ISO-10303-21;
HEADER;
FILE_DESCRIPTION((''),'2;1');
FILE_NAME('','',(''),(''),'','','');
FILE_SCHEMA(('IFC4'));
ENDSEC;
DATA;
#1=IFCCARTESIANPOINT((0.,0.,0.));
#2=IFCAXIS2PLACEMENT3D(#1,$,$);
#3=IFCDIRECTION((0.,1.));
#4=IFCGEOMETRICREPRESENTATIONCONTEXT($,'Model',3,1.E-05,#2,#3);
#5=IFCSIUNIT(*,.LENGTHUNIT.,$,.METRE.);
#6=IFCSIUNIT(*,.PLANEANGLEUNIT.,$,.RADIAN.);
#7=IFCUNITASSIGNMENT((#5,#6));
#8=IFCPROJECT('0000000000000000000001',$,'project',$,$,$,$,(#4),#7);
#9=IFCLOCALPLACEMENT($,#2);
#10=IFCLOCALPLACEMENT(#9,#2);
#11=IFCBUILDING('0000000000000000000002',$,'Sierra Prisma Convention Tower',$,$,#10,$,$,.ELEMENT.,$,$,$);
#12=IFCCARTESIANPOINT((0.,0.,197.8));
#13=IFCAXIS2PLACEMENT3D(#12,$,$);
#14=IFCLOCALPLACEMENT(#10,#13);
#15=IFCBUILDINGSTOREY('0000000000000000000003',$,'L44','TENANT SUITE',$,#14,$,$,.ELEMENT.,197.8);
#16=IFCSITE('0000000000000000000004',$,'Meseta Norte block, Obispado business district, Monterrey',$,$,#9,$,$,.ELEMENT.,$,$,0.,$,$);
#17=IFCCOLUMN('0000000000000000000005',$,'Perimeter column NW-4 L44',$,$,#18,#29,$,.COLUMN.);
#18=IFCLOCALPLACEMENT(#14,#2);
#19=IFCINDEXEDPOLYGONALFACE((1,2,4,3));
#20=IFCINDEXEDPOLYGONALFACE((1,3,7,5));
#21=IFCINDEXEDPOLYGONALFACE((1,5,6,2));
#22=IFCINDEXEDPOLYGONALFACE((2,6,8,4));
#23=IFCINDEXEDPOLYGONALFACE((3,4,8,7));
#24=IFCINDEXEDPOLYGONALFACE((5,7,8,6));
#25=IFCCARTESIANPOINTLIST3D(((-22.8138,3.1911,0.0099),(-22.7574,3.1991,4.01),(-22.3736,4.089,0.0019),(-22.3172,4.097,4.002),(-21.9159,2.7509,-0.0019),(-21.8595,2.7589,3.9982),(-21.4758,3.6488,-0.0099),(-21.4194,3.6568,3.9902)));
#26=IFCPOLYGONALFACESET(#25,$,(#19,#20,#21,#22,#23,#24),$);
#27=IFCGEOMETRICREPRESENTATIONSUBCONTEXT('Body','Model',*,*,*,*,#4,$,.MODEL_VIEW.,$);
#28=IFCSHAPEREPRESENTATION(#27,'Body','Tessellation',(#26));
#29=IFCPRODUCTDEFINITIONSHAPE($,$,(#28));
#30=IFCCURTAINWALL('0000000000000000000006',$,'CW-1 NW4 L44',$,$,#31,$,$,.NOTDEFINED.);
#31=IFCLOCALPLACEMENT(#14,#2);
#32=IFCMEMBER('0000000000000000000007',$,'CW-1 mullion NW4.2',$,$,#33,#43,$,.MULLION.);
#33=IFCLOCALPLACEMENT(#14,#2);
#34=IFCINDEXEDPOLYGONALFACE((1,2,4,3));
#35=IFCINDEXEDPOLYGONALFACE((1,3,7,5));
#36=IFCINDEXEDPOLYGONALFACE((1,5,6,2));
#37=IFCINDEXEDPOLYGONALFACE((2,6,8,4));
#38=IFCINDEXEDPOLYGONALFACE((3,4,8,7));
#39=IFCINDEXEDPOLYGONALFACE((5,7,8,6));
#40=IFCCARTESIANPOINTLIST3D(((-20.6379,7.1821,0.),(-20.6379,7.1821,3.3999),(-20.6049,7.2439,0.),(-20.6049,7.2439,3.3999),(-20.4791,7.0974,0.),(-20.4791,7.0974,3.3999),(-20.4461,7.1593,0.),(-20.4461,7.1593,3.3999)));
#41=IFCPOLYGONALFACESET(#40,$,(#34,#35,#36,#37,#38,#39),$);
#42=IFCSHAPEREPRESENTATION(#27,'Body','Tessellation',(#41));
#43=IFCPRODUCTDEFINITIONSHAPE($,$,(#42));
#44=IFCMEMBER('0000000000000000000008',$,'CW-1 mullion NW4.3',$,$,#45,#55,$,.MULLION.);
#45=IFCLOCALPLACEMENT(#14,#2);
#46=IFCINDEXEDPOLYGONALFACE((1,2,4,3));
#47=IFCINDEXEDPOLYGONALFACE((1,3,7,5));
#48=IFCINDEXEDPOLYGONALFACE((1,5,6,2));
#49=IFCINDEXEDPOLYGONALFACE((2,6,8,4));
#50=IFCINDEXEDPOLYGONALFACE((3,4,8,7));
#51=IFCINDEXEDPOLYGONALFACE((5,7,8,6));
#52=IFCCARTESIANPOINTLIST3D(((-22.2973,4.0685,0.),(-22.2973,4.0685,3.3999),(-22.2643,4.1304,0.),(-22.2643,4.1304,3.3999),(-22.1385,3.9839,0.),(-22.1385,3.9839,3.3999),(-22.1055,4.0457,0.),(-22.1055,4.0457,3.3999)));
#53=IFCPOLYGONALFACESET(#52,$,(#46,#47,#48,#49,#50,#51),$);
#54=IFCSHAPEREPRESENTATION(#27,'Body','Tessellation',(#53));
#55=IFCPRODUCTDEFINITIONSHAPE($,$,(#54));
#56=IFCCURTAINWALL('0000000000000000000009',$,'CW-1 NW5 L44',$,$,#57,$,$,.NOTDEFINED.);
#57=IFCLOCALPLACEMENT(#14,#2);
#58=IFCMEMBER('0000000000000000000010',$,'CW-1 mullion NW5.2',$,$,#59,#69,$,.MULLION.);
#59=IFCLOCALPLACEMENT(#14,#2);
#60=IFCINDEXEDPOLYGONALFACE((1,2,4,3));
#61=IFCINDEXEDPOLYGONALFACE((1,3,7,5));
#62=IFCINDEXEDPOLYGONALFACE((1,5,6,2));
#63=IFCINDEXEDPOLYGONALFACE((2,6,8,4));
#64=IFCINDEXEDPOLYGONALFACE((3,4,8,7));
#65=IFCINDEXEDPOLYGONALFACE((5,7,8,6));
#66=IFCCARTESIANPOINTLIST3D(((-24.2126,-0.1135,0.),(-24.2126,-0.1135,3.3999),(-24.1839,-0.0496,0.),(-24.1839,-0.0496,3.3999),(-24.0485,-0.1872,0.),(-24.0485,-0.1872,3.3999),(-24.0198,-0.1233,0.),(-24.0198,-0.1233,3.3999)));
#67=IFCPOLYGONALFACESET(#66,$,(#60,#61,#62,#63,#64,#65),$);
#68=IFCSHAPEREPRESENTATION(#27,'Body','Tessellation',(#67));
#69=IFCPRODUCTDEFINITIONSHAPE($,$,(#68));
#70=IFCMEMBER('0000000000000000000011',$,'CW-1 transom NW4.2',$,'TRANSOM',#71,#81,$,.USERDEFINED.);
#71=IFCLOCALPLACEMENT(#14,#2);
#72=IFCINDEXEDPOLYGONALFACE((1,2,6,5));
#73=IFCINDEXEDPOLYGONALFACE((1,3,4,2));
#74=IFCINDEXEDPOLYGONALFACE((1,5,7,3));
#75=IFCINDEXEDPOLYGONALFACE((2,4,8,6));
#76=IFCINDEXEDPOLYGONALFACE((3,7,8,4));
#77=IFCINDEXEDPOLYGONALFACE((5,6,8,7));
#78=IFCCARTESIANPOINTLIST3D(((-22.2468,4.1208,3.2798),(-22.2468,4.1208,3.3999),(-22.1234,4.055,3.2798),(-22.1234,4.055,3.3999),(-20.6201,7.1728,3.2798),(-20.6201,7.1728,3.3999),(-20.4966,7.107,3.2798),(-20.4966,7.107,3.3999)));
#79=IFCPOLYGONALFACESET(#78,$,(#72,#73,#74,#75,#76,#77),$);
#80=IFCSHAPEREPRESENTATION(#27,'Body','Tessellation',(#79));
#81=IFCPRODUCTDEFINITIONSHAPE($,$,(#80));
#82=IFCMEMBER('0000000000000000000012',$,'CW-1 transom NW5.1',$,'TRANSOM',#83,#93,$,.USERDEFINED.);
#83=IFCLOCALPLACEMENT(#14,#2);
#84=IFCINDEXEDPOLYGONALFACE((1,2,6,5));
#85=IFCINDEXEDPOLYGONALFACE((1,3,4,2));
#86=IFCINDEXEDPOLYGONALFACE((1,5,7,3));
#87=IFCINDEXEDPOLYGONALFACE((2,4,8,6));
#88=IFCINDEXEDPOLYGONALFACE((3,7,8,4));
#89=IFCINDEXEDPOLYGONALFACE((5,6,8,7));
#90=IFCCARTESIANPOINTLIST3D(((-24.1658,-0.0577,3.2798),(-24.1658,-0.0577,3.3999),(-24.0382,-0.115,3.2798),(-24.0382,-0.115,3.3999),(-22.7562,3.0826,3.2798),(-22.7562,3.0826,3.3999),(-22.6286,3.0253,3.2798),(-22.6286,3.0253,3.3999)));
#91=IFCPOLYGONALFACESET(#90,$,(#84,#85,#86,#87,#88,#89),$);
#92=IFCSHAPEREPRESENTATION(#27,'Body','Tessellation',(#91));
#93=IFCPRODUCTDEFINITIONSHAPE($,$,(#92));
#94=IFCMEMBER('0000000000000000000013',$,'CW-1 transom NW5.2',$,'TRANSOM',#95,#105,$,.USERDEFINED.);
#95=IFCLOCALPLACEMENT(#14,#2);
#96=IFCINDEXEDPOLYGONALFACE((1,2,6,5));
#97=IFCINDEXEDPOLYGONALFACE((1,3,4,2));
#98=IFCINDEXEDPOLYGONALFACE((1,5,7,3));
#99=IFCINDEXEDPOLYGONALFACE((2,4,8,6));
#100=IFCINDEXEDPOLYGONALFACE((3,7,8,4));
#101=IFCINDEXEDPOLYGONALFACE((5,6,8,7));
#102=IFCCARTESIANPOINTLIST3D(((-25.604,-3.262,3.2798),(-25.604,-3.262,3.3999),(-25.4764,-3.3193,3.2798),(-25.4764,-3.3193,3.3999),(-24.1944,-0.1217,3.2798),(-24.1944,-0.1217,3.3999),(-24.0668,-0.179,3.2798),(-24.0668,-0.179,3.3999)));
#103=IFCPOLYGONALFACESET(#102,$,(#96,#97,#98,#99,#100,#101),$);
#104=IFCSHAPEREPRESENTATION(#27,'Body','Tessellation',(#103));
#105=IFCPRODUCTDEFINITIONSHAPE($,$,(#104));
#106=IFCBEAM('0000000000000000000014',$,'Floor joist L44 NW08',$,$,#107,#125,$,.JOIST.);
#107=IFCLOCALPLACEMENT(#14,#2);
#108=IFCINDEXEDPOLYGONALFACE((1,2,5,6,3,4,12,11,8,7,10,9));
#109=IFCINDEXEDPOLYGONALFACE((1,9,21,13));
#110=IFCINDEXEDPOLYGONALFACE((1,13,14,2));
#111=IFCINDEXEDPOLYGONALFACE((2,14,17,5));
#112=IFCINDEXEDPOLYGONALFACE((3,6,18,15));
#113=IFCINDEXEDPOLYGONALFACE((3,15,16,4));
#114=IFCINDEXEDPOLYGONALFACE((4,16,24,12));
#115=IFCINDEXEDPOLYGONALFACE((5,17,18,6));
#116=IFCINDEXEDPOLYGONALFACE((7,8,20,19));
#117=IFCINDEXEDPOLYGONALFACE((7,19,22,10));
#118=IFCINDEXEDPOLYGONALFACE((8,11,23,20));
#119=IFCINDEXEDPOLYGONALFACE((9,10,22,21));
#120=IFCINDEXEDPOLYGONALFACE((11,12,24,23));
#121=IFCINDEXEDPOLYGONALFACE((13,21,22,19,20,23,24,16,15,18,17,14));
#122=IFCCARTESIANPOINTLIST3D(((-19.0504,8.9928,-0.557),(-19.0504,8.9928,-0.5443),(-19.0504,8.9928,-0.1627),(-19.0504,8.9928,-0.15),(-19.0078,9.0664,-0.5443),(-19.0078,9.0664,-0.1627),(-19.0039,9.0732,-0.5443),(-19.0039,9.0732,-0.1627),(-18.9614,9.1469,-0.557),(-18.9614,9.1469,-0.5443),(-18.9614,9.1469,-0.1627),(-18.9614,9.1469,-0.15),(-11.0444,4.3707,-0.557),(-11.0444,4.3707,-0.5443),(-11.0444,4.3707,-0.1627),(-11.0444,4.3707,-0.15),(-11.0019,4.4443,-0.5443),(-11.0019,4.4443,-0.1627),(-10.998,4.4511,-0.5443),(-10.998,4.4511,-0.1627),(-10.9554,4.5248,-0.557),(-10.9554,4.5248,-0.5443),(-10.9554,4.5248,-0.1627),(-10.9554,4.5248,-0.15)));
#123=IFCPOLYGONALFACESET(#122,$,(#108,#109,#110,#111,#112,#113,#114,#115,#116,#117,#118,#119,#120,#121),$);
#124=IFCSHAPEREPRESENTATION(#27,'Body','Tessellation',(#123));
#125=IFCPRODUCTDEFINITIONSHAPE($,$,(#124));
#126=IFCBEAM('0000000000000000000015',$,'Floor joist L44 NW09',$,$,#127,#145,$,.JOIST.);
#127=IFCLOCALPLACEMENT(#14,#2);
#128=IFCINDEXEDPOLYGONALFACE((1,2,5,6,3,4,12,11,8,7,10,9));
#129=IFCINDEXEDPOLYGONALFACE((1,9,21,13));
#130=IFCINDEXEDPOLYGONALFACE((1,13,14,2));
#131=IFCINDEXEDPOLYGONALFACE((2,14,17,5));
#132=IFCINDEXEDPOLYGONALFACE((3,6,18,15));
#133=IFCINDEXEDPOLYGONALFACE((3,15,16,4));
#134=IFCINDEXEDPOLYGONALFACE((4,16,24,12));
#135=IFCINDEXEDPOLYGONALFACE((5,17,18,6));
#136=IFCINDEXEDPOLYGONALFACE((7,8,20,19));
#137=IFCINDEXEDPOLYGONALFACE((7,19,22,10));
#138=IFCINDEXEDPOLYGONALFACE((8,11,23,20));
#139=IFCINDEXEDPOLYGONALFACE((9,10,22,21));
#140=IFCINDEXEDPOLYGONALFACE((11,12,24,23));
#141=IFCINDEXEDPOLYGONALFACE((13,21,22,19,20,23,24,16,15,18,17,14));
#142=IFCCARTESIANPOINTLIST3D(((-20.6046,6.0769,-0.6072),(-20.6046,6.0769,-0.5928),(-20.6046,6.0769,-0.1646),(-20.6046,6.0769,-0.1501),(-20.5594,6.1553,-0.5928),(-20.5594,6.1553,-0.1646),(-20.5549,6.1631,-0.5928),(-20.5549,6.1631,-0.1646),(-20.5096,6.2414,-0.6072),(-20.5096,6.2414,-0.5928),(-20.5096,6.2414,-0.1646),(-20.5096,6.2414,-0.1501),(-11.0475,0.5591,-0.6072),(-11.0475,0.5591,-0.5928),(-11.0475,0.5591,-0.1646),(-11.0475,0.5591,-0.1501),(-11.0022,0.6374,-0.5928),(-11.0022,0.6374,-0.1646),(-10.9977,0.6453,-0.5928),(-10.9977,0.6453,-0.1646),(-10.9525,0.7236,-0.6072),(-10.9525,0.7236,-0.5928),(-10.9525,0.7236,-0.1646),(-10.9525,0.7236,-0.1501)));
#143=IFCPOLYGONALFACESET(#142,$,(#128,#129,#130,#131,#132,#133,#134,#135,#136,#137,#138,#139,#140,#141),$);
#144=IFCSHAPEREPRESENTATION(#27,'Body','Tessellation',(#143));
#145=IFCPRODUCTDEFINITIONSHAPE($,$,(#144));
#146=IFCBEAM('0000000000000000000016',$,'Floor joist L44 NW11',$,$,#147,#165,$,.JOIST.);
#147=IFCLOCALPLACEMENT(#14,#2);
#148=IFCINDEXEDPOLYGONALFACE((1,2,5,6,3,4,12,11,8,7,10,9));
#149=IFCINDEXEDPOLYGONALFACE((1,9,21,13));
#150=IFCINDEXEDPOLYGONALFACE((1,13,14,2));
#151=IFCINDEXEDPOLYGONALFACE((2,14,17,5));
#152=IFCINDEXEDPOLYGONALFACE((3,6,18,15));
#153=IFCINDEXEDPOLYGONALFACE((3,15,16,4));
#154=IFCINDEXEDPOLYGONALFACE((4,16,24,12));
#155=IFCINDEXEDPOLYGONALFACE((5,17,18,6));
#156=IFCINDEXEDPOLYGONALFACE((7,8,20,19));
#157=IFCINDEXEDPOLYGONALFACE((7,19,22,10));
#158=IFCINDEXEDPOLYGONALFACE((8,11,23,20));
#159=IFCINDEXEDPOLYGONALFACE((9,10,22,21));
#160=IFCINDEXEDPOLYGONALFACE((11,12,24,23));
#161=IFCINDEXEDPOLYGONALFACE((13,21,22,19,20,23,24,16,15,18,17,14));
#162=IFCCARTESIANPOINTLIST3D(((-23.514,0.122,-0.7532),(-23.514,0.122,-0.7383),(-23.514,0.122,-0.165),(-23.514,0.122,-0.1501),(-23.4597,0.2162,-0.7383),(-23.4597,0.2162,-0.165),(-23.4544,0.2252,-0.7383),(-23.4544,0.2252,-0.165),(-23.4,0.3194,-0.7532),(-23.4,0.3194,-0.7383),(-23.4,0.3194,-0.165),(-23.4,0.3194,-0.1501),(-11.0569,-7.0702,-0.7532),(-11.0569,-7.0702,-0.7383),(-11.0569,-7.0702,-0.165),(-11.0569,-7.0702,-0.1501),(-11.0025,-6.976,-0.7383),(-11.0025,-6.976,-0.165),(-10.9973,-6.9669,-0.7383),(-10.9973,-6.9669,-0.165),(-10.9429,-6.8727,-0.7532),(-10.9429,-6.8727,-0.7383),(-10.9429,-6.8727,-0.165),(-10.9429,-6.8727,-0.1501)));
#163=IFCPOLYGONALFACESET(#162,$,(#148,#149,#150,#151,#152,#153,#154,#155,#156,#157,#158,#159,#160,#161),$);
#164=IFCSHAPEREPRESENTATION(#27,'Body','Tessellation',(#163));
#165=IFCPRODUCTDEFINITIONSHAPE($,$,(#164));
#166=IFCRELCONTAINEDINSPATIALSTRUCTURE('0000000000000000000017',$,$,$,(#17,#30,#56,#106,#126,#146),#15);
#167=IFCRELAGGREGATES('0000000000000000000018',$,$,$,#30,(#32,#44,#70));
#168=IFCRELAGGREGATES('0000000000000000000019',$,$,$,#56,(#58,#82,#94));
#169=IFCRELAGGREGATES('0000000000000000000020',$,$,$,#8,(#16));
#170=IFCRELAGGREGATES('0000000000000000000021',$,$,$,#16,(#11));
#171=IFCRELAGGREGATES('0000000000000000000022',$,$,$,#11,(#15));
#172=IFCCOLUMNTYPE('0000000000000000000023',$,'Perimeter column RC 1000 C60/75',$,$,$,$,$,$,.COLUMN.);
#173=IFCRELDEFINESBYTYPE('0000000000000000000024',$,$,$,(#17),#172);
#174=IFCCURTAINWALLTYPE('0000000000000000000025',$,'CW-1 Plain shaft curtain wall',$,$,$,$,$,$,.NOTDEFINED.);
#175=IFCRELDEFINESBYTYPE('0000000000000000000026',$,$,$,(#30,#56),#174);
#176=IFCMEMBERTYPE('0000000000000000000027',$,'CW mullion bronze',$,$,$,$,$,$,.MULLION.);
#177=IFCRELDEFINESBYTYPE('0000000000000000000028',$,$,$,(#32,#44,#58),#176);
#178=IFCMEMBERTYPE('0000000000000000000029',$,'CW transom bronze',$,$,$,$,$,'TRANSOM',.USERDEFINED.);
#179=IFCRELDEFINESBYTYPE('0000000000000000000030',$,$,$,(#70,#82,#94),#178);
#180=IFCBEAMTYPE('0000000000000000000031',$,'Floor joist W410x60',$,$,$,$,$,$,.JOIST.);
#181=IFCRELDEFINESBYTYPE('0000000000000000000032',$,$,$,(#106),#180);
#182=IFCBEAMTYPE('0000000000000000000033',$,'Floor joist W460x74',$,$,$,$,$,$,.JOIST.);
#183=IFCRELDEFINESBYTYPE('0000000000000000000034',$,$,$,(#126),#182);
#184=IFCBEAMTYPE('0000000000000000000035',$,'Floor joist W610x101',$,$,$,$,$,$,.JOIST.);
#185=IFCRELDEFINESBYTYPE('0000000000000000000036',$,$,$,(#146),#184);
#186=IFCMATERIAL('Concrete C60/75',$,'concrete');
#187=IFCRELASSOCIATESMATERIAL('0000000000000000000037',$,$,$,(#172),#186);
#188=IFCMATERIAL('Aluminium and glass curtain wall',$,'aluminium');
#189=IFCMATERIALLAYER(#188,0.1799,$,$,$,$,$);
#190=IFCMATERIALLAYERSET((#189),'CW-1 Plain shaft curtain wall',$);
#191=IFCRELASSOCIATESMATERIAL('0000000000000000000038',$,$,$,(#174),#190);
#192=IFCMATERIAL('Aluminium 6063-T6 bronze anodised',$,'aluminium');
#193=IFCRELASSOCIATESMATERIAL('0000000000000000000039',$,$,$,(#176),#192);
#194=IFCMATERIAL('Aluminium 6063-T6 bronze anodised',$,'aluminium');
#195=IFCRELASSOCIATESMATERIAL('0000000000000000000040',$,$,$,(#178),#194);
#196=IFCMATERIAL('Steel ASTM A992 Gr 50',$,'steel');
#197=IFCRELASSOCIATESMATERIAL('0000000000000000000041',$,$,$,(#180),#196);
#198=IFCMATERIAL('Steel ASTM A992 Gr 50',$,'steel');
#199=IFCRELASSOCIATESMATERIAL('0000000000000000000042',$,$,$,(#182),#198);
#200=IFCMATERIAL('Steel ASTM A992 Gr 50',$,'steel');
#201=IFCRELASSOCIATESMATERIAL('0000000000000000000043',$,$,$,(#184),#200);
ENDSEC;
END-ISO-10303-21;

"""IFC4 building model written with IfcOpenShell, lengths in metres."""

from ifc_helpers import new_model, si_unit, direction, frame, origin, origin_2d, place, context, subcontext, project, spatial, rectangle, i_section, extrude, material, layer, layer_set, material_profile, profile_set, type_object, element, aggregate, save


model = new_model("IFC4")

# Units and contexts
model_context = context("Model", 3, precision=1e-05, world=origin(), true_north=direction((0.0, 1.0)))
body_context = subcontext(model_context, "Body", "Model", "MODEL_VIEW")
ifc_project = project(units=[si_unit("LENGTHUNIT", "METRE"), si_unit("PLANEANGLEUNIT", "RADIAN")], contexts=[model_context])

# Site, building, storey
site_placement = place(None, origin())
site = spatial("IfcSite", under=ifc_project, at=site_placement, Name="Meseta Norte block, Obispado business district, Monterrey", CompositionType="ELEMENT", RefElevation=0.0)
building_placement = place(site_placement, origin())
building = spatial("IfcBuilding", under=site, at=building_placement, Name="Sierra Prisma Convention Tower", CompositionType="ELEMENT")
storey_placement = place(building_placement, frame((0.0, 0.0, 197.8)))
storey = spatial("IfcBuildingStorey", under=building, at=storey_placement, Name="L44", Description="TENANT SUITE", CompositionType="ELEMENT", Elevation=197.8)

# Column
ifc_material_1 = material(Name="Concrete C60/75", Category="concrete")
ifc_material_profile_1 = material_profile(ifc_material_1, rectangle(XDim=1.0, YDim=1.0, at=origin_2d()), Name="Perimeter column RC 1000 C60/75")
ifc_profile_set_1 = profile_set([ifc_material_profile_1], Name="Concrete C60/75")
column_type = type_object("IfcColumnType", Name="Perimeter column RC 1000 C60/75", PredefinedType="COLUMN", material=ifc_profile_set_1)
column_placement = place(storey_placement, frame((-22.1448, 3.4199, 0.0), z_axis=(0.014098, 0.002014, 0.999899), x_axis=(0.440137, 0.897895, -0.008014)))
element("IfcColumn", 1, at=column_placement, inside=storey, type_object=column_type, Name="Perimeter column NW-4 L44", PredefinedType="COLUMN", context=body_context, shape_type="SweptSolid", body=[
    extrude(rectangle(XDim=1.0, YDim=1.0, at=origin_2d()), origin(), (0.0, 0.0, 1.0), 4.0005),
])

# Curtain wall, members
ifc_material_2 = material(Name="Aluminium and glass curtain wall", Category="aluminium")
ifc_layer_1 = layer(ifc_material_2, 0.1799)
ifc_layer_set_1 = layer_set([ifc_layer_1], Name="CW-1 Plain shaft curtain wall")
curtain_wall_type = type_object("IfcCurtainWallType", Name="CW-1 Plain shaft curtain wall", PredefinedType="NOTDEFINED", material=ifc_layer_set_1)
curtain_wall_1_placement = place(storey_placement, origin())
curtain_wall_1 = element("IfcCurtainWall", 2, at=curtain_wall_1_placement, inside=storey, type_object=curtain_wall_type, Name="CW-1 NW4 L44", PredefinedType="NOTDEFINED")
ifc_material_3 = material(Name="Aluminium 6063-T6 bronze anodised", Category="aluminium")
ifc_material_profile_2 = material_profile(ifc_material_3, rectangle(XDim=0.1799, YDim=0.0701, at=origin_2d()), Name="ALU MULLION 70x180")
ifc_profile_set_2 = profile_set([ifc_material_profile_2], Name="Aluminium 6063-T6 bronze anodised")
member_type_1 = type_object("IfcMemberType", Name="CW mullion bronze", PredefinedType="MULLION", material=ifc_profile_set_2)
member_1_placement = place(storey_placement, frame((-20.542, 7.1707, 0.0), z_axis=(0.0, 0.0, 1.0), x_axis=(0.882474, -0.470361, 0.0)))
member_1 = element("IfcMember", 3, at=member_1_placement, type_object=member_type_1, Name="CW-1 mullion NW4.2", PredefinedType="MULLION", context=body_context, shape_type="SweptSolid", body=[
    extrude(rectangle(XDim=0.1799, YDim=0.0701, at=origin_2d()), origin(), (0.0, 0.0, 1.0), 3.3999),
])
member_2_placement = place(storey_placement, frame((-22.2014, 4.0571, 0.0), z_axis=(0.0, 0.0, 1.0), x_axis=(0.882474, -0.470361, 0.0)))
member_2 = element("IfcMember", 4, at=member_2_placement, type_object=member_type_1, Name="CW-1 mullion NW4.3", PredefinedType="MULLION", context=body_context, shape_type="SweptSolid", body=[
    extrude(rectangle(XDim=0.1799, YDim=0.0701, at=origin_2d()), origin(), (0.0, 0.0, 1.0), 3.3999),
])

# Curtain wall, member
curtain_wall_2_placement = place(storey_placement, origin())
curtain_wall_2 = element("IfcCurtainWall", 5, at=curtain_wall_2_placement, inside=storey, type_object=curtain_wall_type, Name="CW-1 NW5 L44", PredefinedType="NOTDEFINED")
member_3_placement = place(storey_placement, frame((-24.1162, -0.1184, 0.0), z_axis=(0.0, 0.0, 1.0), x_axis=(0.912312, -0.409495, 0.0)))
member_3 = element("IfcMember", 6, at=member_3_placement, type_object=member_type_1, Name="CW-1 mullion NW5.2", PredefinedType="MULLION", context=body_context, shape_type="SweptSolid", body=[
    extrude(rectangle(XDim=0.1799, YDim=0.0701, at=origin_2d()), origin(), (0.0, 0.0, 1.0), 3.3999),
])

# Members
ifc_material_4 = material(Name="Aluminium 6063-T6 bronze anodised", Category="aluminium")
ifc_material_profile_3 = material_profile(ifc_material_4, rectangle(XDim=0.1399, YDim=0.1201, at=origin_2d()), Name="ALU TRANSOM 120x140")
ifc_profile_set_3 = profile_set([ifc_material_profile_3], Name="Aluminium 6063-T6 bronze anodised")
member_type_2 = type_object("IfcMemberType", Name="CW transom bronze", ElementType="TRANSOM", PredefinedType="USERDEFINED", material=ifc_profile_set_3)
member_4_placement = place(storey_placement, frame((-20.5583, 7.1399, 3.3398), z_axis=(-0.470357, -0.882476, 0.0), x_axis=(0.882476, -0.470357, 0.0)))
member_4 = element("IfcMember", 7, at=member_4_placement, type_object=member_type_2, Name="CW-1 transom NW4.2", ObjectType="TRANSOM", PredefinedType="USERDEFINED", context=body_context, shape_type="SweptSolid", body=[
    extrude(rectangle(XDim=0.1399, YDim=0.1201, at=origin_2d()), origin(), (0.0, 0.0, 1.0), 3.4585),
])
member_5_placement = place(storey_placement, frame((-22.6924, 3.054, 3.3398), z_axis=(-0.409518, -0.912302, 0.0), x_axis=(0.912302, -0.409518, 0.0)))
member_5 = element("IfcMember", 8, at=member_5_placement, type_object=member_type_2, Name="CW-1 transom NW5.1", ObjectType="TRANSOM", PredefinedType="USERDEFINED", context=body_context, shape_type="SweptSolid", body=[
    extrude(rectangle(XDim=0.1399, YDim=0.1201, at=origin_2d()), origin(), (0.0, 0.0, 1.0), 3.4421),
])
member_6_placement = place(storey_placement, frame((-24.1306, -0.1504, 3.3398), z_axis=(-0.409518, -0.912302, 0.0), x_axis=(0.912302, -0.409518, 0.0)))
member_6 = element("IfcMember", 9, at=member_6_placement, type_object=member_type_2, Name="CW-1 transom NW5.2", ObjectType="TRANSOM", PredefinedType="USERDEFINED", context=body_context, shape_type="SweptSolid", body=[
    extrude(rectangle(XDim=0.1399, YDim=0.1201, at=origin_2d()), origin(), (0.0, 0.0, 1.0), 3.4421),
])

# Beams
ifc_material_5 = material(Name="Steel ASTM A992 Gr 50", Category="steel")
ifc_material_profile_4 = material_profile(ifc_material_5, i_section(OverallWidth=0.178, OverallDepth=0.407, WebThickness=0.0078, FlangeThickness=0.0127, at=origin_2d()), Name="W410x60")
ifc_profile_set_4 = profile_set([ifc_material_profile_4], Name="Steel ASTM A992 Gr 50")
beam_type_1 = type_object("IfcBeamType", Name="Floor joist W410x60", PredefinedType="JOIST", material=ifc_profile_set_4)
beam_1_placement = place(storey_placement, frame((-19.0059, 9.0698, -0.3535), z_axis=(0.866031, -0.499991, 0.0), x_axis=(0.499991, 0.866031, 0.0)))
element("IfcBeam", 10, at=beam_1_placement, inside=storey, type_object=beam_type_1, Name="Floor joist L44 NW08", PredefinedType="JOIST", context=body_context, shape_type="SweptSolid", body=[
    extrude(i_section(OverallWidth=0.178, OverallDepth=0.407, WebThickness=0.0078, FlangeThickness=0.0127, at=origin_2d()), origin(), (0.0, 0.0, 1.0), 9.2444),
])
ifc_material_6 = material(Name="Steel ASTM A992 Gr 50", Category="steel")
ifc_material_profile_5 = material_profile(ifc_material_6, i_section(OverallWidth=0.1899, OverallDepth=0.457, WebThickness=0.009, FlangeThickness=0.0144, at=origin_2d()), Name="W460x74")
ifc_profile_set_5 = profile_set([ifc_material_profile_5], Name="Steel ASTM A992 Gr 50")
beam_type_2 = type_object("IfcBeamType", Name="Floor joist W460x74", PredefinedType="JOIST", material=ifc_profile_set_5)
beam_2_placement = place(storey_placement, frame((-20.5571, 6.1592, -0.3787), z_axis=(0.866025, -0.500001, 0.0), x_axis=(0.500001, 0.866025, 0.0)))
element("IfcBeam", 11, at=beam_2_placement, inside=storey, type_object=beam_type_2, Name="Floor joist L44 NW09", PredefinedType="JOIST", context=body_context, shape_type="SweptSolid", body=[
    extrude(i_section(OverallWidth=0.1899, OverallDepth=0.457, WebThickness=0.009, FlangeThickness=0.0144, at=origin_2d()), origin(), (0.0, 0.0, 1.0), 11.0356),
])
ifc_material_7 = material(Name="Steel ASTM A992 Gr 50", Category="steel")
ifc_material_profile_6 = material_profile(ifc_material_7, i_section(OverallWidth=0.228, OverallDepth=0.603, WebThickness=0.0105, FlangeThickness=0.0149, at=origin_2d()), Name="W610x101")
ifc_profile_set_6 = profile_set([ifc_material_profile_6], Name="Steel ASTM A992 Gr 50")
beam_type_3 = type_object("IfcBeamType", Name="Floor joist W610x101", PredefinedType="JOIST", material=ifc_profile_set_6)
beam_3_placement = place(storey_placement, frame((-23.457, 0.2207, -0.4517), z_axis=(0.866023, -0.500004, 0.0), x_axis=(0.500004, 0.866023, 0.0)))
element("IfcBeam", 12, at=beam_3_placement, inside=storey, type_object=beam_type_3, Name="Floor joist L44 NW11", PredefinedType="JOIST", context=body_context, shape_type="SweptSolid", body=[
    extrude(i_section(OverallWidth=0.228, OverallDepth=0.603, WebThickness=0.0105, FlangeThickness=0.0149, at=origin_2d()), origin(), (0.0, 0.0, 1.0), 14.3843),
])

aggregate(curtain_wall_1, [member_1, member_2, member_4])
aggregate(curtain_wall_2, [member_3, member_5, member_6])

save(model, "model.ifc")
